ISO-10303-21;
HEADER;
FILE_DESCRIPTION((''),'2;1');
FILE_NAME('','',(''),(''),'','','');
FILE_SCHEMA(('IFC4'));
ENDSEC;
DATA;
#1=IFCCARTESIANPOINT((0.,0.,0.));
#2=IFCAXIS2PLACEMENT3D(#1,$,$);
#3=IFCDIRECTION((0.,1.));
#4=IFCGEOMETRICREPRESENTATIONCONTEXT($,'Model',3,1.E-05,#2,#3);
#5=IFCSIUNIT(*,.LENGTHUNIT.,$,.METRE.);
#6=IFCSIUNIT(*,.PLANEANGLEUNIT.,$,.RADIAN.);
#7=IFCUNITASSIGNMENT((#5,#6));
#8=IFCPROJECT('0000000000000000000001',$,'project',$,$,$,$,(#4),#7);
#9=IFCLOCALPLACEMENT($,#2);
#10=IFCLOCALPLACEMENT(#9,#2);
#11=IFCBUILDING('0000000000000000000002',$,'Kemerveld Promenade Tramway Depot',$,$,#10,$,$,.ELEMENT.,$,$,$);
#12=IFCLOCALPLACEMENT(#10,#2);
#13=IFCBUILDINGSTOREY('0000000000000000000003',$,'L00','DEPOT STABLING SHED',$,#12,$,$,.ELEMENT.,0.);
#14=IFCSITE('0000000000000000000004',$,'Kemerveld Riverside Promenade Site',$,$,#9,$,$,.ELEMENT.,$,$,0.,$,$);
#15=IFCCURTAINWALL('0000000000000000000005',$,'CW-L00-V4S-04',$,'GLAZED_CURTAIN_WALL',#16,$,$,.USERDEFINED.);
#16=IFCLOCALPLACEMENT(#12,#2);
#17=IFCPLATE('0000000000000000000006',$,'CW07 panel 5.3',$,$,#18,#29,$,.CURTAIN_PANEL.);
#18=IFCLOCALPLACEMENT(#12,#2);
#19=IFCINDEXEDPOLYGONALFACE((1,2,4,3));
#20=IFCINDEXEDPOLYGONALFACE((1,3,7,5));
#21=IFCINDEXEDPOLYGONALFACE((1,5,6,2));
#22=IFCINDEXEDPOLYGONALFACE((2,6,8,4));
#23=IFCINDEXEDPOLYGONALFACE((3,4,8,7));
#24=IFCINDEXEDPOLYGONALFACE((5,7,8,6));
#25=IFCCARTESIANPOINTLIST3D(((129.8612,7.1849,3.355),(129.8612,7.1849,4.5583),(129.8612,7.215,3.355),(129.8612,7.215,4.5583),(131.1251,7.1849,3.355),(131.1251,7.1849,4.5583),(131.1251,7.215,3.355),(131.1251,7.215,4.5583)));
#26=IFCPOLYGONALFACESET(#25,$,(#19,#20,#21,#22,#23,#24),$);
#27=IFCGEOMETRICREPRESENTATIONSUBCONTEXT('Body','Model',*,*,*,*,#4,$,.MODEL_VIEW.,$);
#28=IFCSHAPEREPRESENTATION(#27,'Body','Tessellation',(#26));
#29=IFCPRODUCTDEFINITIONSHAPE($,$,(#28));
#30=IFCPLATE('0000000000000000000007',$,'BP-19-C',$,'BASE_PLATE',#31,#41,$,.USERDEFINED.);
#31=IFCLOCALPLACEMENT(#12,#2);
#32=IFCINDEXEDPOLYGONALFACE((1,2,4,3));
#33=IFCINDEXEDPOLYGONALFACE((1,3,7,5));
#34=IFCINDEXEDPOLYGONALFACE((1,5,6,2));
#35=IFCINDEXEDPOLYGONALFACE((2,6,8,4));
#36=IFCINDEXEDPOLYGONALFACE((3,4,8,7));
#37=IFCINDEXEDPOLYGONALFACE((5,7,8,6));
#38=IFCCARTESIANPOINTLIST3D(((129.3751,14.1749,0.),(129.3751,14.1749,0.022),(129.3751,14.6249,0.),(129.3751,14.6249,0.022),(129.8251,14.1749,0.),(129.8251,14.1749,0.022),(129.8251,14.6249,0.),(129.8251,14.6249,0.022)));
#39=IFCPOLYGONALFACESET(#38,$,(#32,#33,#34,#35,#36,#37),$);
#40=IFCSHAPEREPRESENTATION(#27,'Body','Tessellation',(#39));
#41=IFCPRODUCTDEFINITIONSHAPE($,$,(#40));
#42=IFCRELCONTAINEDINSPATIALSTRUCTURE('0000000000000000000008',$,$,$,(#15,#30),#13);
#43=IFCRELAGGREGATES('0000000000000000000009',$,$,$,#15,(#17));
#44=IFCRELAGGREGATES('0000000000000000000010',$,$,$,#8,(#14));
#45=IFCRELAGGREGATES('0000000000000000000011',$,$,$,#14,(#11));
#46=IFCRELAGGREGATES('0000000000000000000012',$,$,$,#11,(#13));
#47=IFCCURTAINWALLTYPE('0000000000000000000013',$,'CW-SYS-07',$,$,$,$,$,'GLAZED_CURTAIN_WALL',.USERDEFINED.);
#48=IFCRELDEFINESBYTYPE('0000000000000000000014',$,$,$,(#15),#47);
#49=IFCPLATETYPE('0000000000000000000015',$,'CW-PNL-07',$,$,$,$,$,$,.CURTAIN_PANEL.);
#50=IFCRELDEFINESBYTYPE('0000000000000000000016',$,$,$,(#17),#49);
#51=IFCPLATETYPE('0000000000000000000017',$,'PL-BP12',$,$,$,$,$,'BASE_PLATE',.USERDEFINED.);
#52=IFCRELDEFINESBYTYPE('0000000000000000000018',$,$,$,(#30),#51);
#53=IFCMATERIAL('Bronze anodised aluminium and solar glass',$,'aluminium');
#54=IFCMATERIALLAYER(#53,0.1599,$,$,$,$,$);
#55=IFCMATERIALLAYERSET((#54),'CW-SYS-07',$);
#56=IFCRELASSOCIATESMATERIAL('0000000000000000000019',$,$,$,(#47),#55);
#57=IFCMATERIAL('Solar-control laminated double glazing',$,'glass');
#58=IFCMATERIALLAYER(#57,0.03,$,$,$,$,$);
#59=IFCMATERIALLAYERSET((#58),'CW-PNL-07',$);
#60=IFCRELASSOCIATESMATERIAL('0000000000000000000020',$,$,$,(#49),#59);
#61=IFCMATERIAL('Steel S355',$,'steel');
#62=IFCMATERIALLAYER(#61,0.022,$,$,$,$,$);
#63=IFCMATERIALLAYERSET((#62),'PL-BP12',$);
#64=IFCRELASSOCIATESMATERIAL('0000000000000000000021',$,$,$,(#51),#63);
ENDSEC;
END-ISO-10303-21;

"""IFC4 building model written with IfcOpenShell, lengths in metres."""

from ifc_helpers import new_model, si_unit, direction, frame, origin, origin_2d, place, context, subcontext, project, spatial, rectangle, extrude, material, layer, layer_set, type_object, element, aggregate, save


model = new_model("IFC4")

# Units and contexts
model_context = context("Model", 3, precision=1e-05, world=origin(), true_north=direction((0.0, 1.0)))
body_context = subcontext(model_context, "Body", "Model", "MODEL_VIEW")
ifc_project = project(units=[si_unit("LENGTHUNIT", "METRE"), si_unit("PLANEANGLEUNIT", "RADIAN")], contexts=[model_context])

# Site, building, storey
site_placement = place(None, origin())
site = spatial("IfcSite", under=ifc_project, at=site_placement, Name="Kemerveld Riverside Promenade Site", CompositionType="ELEMENT", RefElevation=0.0)
building_placement = place(site_placement, origin())
building = spatial("IfcBuilding", under=site, at=building_placement, Name="Kemerveld Promenade Tramway Depot", CompositionType="ELEMENT")
storey_placement = place(building_placement, origin())
storey = spatial("IfcBuildingStorey", under=building, at=storey_placement, Name="L00", Description="DEPOT STABLING SHED", CompositionType="ELEMENT", Elevation=0.0)

# Shared definitions
ifc_material_1 = material(Name="Steel S355", Category="steel")

# Curtain wall, plate
ifc_material_2 = material(Name="Bronze anodised aluminium and solar glass", Category="aluminium")
ifc_layer_1 = layer(ifc_material_2, 0.1599)
ifc_layer_set_1 = layer_set([ifc_layer_1], Name="CW-SYS-07")
curtain_wall_type = type_object("IfcCurtainWallType", Name="CW-SYS-07", ElementType="GLAZED_CURTAIN_WALL", PredefinedType="USERDEFINED", material=ifc_layer_set_1)
curtain_wall_placement = place(storey_placement, origin())
curtain_wall = element("IfcCurtainWall", 1, at=curtain_wall_placement, inside=storey, type_object=curtain_wall_type, Name="CW-L00-V4S-04", ObjectType="GLAZED_CURTAIN_WALL", PredefinedType="USERDEFINED")
ifc_material_3 = material(Name="Solar-control laminated double glazing", Category="glass")
ifc_layer_2 = layer(ifc_material_3, 0.03)
ifc_layer_set_2 = layer_set([ifc_layer_2], Name="CW-PNL-07")
plate_type_1 = type_object("IfcPlateType", Name="CW-PNL-07", PredefinedType="CURTAIN_PANEL", material=ifc_layer_set_2)
plate_1_placement = place(storey_placement, frame((130.4932, 7.2, 3.355), z_axis=(0.0, 0.0, 1.0), x_axis=(-1.0, 0.0, 0.0)))
plate_1 = element("IfcPlate", 2, at=plate_1_placement, type_object=plate_type_1, Name="CW07 panel 5.3", PredefinedType="CURTAIN_PANEL", context=body_context, shape_type="SweptSolid", body=[
    extrude(rectangle(XDim=1.2639, YDim=0.03, at=origin_2d()), origin(), (0.0, 0.0, 1.0), 1.2034),
])
aggregate(curtain_wall, [plate_1])

# Plate
ifc_layer_3 = layer(ifc_material_1, 0.022)
ifc_layer_set_3 = layer_set([ifc_layer_3], Name="PL-BP12")
plate_type_2 = type_object("IfcPlateType", Name="PL-BP12", ElementType="BASE_PLATE", PredefinedType="USERDEFINED", material=ifc_layer_set_3)
plate_2_placement = place(storey_placement, frame((129.6001, 14.3999, 0.0), z_axis=(0.0, 0.0, 1.0), x_axis=(1.0, 0.0, 0.0)))
element("IfcPlate", 3, at=plate_2_placement, inside=storey, type_object=plate_type_2, Name="BP-19-C", ObjectType="BASE_PLATE", PredefinedType="USERDEFINED", context=body_context, shape_type="SweptSolid", body=[
    extrude(rectangle(XDim=0.45, YDim=0.45, at=origin_2d()), origin(), (0.0, 0.0, 1.0), 0.022),
])

save(model, "model.ifc")
